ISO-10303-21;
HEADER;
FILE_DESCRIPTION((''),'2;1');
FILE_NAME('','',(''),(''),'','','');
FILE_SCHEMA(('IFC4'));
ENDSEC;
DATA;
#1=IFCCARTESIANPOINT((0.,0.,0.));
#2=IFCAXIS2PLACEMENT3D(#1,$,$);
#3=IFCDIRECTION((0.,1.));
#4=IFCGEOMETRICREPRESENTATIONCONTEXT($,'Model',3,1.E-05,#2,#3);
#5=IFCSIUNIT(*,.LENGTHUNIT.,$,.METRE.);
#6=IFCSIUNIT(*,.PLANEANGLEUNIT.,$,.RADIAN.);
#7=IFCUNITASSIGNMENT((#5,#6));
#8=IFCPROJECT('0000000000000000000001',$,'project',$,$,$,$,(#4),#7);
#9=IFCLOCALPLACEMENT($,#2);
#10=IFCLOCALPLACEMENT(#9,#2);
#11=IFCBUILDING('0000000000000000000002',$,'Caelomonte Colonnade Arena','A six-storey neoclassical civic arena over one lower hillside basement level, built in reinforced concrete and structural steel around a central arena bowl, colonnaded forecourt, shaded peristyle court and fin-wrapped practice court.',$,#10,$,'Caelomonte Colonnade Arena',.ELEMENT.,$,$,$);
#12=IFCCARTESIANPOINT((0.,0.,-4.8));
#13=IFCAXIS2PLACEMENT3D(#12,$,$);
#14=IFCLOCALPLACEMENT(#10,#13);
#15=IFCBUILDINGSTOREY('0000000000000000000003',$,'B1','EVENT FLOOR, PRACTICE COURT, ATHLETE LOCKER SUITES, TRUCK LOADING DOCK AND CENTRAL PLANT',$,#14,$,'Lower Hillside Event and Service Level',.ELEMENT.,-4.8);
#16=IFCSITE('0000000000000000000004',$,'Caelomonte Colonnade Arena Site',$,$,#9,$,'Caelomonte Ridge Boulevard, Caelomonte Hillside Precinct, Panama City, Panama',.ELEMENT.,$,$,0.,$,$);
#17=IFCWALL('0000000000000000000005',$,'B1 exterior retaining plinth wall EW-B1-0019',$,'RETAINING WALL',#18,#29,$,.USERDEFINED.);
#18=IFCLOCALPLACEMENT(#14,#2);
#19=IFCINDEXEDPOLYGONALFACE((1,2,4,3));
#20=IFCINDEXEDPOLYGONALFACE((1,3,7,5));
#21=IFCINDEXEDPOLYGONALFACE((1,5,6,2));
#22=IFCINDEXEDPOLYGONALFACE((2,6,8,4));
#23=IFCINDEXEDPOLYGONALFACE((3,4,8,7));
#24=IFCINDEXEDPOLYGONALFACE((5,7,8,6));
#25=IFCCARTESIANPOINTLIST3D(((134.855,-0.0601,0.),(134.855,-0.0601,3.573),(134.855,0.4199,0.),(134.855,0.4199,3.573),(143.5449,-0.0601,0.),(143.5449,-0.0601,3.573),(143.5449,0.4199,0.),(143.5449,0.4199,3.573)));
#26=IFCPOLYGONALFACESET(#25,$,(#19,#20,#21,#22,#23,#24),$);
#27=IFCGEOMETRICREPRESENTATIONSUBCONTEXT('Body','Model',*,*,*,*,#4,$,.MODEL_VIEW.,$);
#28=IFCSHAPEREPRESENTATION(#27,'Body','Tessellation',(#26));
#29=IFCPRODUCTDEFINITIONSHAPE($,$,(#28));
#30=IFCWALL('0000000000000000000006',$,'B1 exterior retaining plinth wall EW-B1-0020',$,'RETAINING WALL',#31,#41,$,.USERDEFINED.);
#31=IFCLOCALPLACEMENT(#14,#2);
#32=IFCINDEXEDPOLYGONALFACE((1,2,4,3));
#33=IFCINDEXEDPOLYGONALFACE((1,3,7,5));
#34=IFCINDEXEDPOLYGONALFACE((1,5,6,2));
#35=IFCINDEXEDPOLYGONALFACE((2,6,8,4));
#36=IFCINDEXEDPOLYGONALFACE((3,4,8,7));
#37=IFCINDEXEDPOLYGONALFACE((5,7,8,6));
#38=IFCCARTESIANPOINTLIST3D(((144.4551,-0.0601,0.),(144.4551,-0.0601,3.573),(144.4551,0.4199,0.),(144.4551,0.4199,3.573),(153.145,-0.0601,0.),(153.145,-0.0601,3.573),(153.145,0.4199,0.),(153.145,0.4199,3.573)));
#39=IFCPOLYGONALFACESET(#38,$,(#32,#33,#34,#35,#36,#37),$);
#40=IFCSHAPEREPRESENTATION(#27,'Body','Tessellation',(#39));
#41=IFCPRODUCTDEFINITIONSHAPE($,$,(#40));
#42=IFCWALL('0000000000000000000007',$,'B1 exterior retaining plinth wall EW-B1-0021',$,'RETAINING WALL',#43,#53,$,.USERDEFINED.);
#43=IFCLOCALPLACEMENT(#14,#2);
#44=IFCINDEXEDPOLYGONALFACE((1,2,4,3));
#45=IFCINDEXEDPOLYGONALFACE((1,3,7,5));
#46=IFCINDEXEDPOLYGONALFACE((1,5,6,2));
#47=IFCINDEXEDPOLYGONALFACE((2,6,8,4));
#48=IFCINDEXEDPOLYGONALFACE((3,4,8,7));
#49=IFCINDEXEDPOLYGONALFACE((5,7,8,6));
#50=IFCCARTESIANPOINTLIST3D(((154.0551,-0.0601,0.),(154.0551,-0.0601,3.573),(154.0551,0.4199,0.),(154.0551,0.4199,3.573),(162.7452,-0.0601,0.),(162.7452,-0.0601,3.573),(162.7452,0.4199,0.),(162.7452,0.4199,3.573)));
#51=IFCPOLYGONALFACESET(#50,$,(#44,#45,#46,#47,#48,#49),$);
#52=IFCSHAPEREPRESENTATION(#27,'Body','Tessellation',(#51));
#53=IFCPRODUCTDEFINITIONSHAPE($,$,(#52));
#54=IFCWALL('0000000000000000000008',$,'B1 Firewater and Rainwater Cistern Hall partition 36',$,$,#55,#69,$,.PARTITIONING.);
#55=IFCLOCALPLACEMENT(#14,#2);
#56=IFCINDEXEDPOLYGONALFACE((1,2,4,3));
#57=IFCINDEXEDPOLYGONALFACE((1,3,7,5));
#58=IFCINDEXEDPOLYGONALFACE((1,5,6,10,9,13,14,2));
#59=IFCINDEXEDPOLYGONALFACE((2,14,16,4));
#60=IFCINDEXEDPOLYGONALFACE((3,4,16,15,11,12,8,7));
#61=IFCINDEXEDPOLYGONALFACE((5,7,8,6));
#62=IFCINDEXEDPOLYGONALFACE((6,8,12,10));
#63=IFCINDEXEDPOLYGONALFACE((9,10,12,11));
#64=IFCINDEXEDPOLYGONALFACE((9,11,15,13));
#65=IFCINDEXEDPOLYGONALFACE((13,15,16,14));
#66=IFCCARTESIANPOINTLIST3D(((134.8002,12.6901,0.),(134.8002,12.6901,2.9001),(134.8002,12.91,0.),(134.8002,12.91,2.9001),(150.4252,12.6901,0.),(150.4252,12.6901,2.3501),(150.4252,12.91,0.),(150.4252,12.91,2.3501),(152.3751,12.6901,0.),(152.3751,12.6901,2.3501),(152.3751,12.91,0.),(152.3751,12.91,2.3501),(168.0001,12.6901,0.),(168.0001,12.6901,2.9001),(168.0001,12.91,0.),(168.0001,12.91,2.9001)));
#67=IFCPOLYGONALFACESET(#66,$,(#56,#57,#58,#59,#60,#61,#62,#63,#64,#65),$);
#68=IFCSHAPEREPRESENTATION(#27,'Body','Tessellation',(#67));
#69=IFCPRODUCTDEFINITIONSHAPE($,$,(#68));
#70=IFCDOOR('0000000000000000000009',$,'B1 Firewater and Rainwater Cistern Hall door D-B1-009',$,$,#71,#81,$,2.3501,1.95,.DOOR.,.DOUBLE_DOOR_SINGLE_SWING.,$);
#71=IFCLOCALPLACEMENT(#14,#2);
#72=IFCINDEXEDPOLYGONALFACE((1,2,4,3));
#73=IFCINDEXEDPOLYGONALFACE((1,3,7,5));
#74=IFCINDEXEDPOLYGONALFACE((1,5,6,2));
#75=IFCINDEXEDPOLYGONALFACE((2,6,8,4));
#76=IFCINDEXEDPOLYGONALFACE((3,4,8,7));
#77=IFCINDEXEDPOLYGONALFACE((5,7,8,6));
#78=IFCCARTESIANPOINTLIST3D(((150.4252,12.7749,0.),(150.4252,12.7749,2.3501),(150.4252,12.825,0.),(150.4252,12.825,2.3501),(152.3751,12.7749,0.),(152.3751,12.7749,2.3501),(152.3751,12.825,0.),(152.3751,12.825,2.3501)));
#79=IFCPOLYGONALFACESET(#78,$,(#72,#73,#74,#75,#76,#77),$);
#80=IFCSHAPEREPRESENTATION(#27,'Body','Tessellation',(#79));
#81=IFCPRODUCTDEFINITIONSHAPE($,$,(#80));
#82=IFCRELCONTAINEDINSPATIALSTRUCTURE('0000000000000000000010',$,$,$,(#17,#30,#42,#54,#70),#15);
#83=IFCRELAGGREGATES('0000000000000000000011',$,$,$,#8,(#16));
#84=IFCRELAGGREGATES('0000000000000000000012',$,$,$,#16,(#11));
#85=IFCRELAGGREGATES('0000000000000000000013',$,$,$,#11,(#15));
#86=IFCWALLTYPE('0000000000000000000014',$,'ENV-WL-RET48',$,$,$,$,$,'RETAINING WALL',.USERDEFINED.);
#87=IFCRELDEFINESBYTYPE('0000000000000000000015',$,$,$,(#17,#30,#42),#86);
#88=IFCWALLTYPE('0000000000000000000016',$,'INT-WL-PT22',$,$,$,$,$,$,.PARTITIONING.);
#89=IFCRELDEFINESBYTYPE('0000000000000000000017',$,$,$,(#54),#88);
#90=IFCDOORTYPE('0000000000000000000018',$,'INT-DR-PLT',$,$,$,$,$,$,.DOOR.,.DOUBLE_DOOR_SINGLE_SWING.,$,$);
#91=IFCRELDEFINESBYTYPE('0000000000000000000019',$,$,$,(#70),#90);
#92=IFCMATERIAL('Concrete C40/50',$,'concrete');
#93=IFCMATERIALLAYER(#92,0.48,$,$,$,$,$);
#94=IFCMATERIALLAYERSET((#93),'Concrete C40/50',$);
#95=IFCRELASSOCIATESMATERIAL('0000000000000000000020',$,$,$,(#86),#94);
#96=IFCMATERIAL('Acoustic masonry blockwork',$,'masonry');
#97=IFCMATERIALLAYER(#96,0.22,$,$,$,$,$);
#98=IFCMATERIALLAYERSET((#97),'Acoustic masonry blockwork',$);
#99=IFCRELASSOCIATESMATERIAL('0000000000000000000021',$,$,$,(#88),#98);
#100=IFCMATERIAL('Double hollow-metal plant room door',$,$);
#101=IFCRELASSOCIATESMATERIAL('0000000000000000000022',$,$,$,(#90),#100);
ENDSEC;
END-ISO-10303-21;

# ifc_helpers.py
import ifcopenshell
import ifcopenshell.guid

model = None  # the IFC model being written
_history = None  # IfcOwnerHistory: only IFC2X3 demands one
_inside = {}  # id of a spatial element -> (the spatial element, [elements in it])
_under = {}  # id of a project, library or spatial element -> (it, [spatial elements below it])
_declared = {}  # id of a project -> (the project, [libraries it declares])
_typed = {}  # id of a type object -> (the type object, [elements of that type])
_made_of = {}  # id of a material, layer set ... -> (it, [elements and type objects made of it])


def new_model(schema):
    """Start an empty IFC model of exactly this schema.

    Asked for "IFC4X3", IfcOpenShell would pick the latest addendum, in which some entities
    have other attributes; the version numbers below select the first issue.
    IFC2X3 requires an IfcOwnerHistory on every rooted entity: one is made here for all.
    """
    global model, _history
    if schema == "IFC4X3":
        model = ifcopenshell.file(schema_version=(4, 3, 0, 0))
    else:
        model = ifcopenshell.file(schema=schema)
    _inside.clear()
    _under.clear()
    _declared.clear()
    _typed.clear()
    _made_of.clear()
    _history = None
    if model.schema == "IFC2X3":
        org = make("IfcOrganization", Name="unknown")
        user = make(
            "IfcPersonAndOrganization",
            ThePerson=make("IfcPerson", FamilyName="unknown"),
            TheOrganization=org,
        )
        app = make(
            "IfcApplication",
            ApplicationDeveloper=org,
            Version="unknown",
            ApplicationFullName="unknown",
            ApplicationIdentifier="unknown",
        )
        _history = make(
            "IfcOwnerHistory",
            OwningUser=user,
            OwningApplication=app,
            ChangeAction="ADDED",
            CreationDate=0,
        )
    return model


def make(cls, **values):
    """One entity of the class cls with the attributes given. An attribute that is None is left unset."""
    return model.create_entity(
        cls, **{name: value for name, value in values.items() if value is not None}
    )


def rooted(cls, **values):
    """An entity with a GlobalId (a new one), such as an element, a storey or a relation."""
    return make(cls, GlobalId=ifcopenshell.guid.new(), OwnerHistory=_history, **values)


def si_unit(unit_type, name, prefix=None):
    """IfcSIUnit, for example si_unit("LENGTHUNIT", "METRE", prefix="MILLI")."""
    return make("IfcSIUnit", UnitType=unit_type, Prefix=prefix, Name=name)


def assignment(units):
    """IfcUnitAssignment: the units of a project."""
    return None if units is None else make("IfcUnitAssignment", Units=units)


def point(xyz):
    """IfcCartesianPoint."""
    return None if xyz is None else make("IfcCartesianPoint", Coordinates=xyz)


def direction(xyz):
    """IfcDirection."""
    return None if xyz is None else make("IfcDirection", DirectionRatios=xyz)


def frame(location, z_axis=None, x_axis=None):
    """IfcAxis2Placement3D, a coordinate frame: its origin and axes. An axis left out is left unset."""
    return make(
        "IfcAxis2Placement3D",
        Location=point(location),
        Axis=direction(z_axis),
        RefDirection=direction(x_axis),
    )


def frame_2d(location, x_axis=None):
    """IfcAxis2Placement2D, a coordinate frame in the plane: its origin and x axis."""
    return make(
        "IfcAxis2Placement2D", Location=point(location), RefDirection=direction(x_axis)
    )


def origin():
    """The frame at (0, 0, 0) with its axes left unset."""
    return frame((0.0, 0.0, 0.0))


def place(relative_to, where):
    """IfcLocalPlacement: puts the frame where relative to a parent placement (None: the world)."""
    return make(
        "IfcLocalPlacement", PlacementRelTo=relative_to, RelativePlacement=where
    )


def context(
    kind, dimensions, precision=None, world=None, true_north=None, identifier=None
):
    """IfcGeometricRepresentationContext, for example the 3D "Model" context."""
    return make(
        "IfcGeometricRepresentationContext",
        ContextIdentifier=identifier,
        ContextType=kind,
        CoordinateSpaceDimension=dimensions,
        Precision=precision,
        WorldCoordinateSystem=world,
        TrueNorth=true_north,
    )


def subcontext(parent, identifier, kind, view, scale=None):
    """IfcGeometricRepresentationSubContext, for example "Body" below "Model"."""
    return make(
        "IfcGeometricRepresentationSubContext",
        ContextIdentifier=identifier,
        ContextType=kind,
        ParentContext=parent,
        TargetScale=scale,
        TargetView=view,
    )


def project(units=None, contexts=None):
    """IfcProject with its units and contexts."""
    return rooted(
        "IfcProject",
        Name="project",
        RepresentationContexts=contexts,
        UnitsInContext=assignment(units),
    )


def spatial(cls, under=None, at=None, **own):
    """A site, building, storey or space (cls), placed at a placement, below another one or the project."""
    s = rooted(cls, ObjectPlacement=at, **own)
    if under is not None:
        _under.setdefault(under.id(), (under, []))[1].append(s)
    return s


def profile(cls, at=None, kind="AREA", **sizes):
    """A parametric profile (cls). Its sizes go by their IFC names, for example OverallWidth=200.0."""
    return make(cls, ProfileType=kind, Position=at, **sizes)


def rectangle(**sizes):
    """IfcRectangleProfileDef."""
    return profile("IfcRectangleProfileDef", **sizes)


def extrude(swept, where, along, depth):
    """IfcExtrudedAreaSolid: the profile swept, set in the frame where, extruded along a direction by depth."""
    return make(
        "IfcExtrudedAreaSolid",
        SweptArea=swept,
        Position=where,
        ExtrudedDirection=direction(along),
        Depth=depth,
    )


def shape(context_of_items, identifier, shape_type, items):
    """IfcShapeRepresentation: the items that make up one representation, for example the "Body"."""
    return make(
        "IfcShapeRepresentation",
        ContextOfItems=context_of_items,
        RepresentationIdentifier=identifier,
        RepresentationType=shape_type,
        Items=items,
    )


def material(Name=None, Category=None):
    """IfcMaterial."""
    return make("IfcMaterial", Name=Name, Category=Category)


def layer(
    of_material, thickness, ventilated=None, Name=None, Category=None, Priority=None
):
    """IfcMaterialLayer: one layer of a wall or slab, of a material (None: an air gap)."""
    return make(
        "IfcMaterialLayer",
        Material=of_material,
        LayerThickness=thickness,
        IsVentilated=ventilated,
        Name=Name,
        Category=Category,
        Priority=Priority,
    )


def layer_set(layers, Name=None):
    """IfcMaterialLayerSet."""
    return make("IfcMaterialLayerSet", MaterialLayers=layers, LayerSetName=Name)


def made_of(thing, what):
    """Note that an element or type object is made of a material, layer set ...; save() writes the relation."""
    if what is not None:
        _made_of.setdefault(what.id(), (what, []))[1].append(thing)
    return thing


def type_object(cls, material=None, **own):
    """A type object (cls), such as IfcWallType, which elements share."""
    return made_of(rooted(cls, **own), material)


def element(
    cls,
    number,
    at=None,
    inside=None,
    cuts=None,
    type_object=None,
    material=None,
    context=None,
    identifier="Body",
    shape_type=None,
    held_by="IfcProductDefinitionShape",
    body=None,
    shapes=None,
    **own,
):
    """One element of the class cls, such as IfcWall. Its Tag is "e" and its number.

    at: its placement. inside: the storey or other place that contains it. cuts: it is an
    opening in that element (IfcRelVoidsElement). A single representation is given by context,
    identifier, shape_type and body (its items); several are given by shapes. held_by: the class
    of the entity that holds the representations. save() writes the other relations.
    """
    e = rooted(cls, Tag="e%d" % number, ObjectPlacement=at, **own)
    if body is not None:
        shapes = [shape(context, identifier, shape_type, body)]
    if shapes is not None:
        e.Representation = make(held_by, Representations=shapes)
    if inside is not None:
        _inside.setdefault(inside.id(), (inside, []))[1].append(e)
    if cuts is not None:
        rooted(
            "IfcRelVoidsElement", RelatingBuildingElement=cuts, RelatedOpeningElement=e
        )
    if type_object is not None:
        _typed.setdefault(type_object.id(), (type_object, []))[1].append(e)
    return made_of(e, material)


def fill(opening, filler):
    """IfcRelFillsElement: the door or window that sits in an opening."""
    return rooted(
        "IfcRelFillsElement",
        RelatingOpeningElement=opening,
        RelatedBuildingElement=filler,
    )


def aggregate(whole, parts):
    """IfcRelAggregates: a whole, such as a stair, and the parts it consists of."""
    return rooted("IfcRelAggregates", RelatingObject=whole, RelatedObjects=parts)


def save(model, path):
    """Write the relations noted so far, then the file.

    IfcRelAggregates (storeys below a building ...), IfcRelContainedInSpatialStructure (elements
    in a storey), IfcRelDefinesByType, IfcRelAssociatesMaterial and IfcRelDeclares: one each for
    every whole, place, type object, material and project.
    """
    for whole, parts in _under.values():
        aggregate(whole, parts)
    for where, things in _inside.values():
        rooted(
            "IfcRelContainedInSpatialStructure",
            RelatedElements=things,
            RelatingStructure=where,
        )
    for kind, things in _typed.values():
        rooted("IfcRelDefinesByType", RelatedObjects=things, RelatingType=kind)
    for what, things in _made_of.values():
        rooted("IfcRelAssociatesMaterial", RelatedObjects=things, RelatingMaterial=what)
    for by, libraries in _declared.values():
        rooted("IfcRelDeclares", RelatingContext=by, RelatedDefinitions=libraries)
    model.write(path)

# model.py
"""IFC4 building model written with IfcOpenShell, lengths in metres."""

from ifc_helpers import new_model, si_unit, direction, frame, frame_2d, origin, place, context, subcontext, project, spatial, rectangle, extrude, material, layer, layer_set, type_object, element, fill, save


model = new_model("IFC4")

# Units and contexts
model_context = context("Model", 3, precision=1e-05, world=origin(), true_north=direction((0.0, 1.0)))
body_context = subcontext(model_context, "Body", "Model", "MODEL_VIEW")
ifc_project = project(units=[si_unit("LENGTHUNIT", "METRE"), si_unit("PLANEANGLEUNIT", "RADIAN")], contexts=[model_context])

# Site, building, storey
site_placement = place(None, origin())
site = spatial("IfcSite", under=ifc_project, at=site_placement, Name="Caelomonte Colonnade Arena Site", LongName="Caelomonte Ridge Boulevard, Caelomonte Hillside Precinct, Panama City, Panama", CompositionType="ELEMENT", RefElevation=0.0)
building_placement = place(site_placement, origin())
building = spatial("IfcBuilding", under=site, at=building_placement, Name="Caelomonte Colonnade Arena", Description="A six-storey neoclassical civic arena over one lower hillside basement level, built in reinforced concrete and structural steel around a central arena bowl, colonnaded forecourt, shaded peristyle court and fin-wrapped practice court.", LongName="Caelomonte Colonnade Arena", CompositionType="ELEMENT")
storey_placement = place(building_placement, frame((0.0, 0.0, -4.8)))
storey = spatial("IfcBuildingStorey", under=building, at=storey_placement, Name="B1", Description="EVENT FLOOR, PRACTICE COURT, ATHLETE LOCKER SUITES, TRUCK LOADING DOCK AND CENTRAL PLANT", LongName="Lower Hillside Event and Service Level", CompositionType="ELEMENT", Elevation=-4.8)

# Shared definitions
ifc_material_1 = material(Name="Concrete C40/50", Category="concrete")

# Walls
ifc_layer_1 = layer(ifc_material_1, 0.48)
ifc_layer_set_1 = layer_set([ifc_layer_1], Name="Concrete C40/50")
wall_type_1 = type_object("IfcWallType", Name="ENV-WL-RET48", ElementType="RETAINING WALL", PredefinedType="USERDEFINED", material=ifc_layer_set_1)
for number, where, z_axis, x_axis, name in (
    (1, (134.855, 0.1799, 0.0), (0.0, 0.0, 1.0), (1.0, 0.0, 0.0), "B1 exterior retaining plinth wall EW-B1-0019"),
    (2, (144.4551, 0.1799, 0.0), (0.0, 0.0, 1.0), (1.0, 0.0, 0.0), "B1 exterior retaining plinth wall EW-B1-0020"),
):
    element("IfcWall", number, at=place(storey_placement, frame(where, z_axis=z_axis, x_axis=x_axis)), inside=storey, type_object=wall_type_1, Name=name, ObjectType="RETAINING WALL", PredefinedType="USERDEFINED", context=body_context, shape_type="SweptSolid", body=[
        extrude(rectangle(XDim=8.6899, YDim=0.48, at=frame_2d((4.345, 0.0))), origin(), (0.0, 0.0, 1.0), 3.573),
    ])
wall_1_placement = place(storey_placement, frame((154.0549, 0.1799, 0.0), z_axis=(0.0, 0.0, 1.0), x_axis=(1.0, 0.0, 0.0)))
element("IfcWall", 3, at=wall_1_placement, inside=storey, type_object=wall_type_1, Name="B1 exterior retaining plinth wall EW-B1-0021", ObjectType="RETAINING WALL", PredefinedType="USERDEFINED", context=body_context, shape_type="SweptSolid", body=[
    extrude(rectangle(XDim=8.6902, YDim=0.48, at=frame_2d((4.3452, 0.0))), origin(), (0.0, 0.0, 1.0), 3.573),
])

# Wall, opening, door
ifc_material_2 = material(Name="Acoustic masonry blockwork", Category="masonry")
ifc_layer_2 = layer(ifc_material_2, 0.22)
ifc_layer_set_2 = layer_set([ifc_layer_2], Name="Acoustic masonry blockwork")
wall_type_2 = type_object("IfcWallType", Name="INT-WL-PT22", PredefinedType="PARTITIONING", material=ifc_layer_set_2)
wall_2_placement = place(storey_placement, frame((134.8, 12.8, 0.0), z_axis=(0.0, 0.0, 1.0), x_axis=(1.0, 0.0, 0.0)))
wall_2 = element("IfcWall", 4, at=wall_2_placement, inside=storey, type_object=wall_type_2, Name="B1 Firewater and Rainwater Cistern Hall partition 36", PredefinedType="PARTITIONING", context=body_context, shape_type="SweptSolid", body=[
    extrude(rectangle(XDim=33.2, YDim=0.22, at=frame_2d((16.6001, 0.0))), origin(), (0.0, 0.0, 1.0), 2.9001),
])
opening_placement = place(wall_2_placement, frame((15.625, 0.0, 0.0), z_axis=(0.0, 0.0, 1.0), x_axis=(1.0, 0.0, 0.0)))
opening = element("IfcOpeningElement", 5, at=opening_placement, cuts=wall_2, PredefinedType="OPENING", context=body_context, shape_type="SweptSolid", body=[
    extrude(rectangle(XDim=1.95, YDim=2.3501, at=frame_2d((0.9751, 1.175))), frame((0.0, 0.1199, 0.0), z_axis=(0.0, -1.0, 0.0), x_axis=(1.0, 0.0, 0.0)), (0.0, 0.0, 1.0), 0.24),
])
ifc_material_3 = material(Name="Double hollow-metal plant room door")
door_type = type_object("IfcDoorType", Name="INT-DR-PLT", OperationType="DOUBLE_DOOR_SINGLE_SWING", PredefinedType="DOOR", material=ifc_material_3)
door_placement = place(opening_placement, origin())
door = element("IfcDoor", 6, at=door_placement, inside=storey, type_object=door_type, Name="B1 Firewater and Rainwater Cistern Hall door D-B1-009", OperationType="DOUBLE_DOOR_SINGLE_SWING", OverallHeight=2.3501, OverallWidth=1.95, PredefinedType="DOOR", context=body_context, shape_type="SweptSolid", body=[
    extrude(rectangle(XDim=1.95, YDim=2.3501, at=frame_2d((0.9751, 1.175))), frame((0.0, 0.0249, 0.0), z_axis=(0.0, -1.0, 0.0), x_axis=(1.0, 0.0, 0.0)), (0.0, 0.0, 1.0), 0.05),
])
fill(opening, door)

save(model, "model.ifc")
